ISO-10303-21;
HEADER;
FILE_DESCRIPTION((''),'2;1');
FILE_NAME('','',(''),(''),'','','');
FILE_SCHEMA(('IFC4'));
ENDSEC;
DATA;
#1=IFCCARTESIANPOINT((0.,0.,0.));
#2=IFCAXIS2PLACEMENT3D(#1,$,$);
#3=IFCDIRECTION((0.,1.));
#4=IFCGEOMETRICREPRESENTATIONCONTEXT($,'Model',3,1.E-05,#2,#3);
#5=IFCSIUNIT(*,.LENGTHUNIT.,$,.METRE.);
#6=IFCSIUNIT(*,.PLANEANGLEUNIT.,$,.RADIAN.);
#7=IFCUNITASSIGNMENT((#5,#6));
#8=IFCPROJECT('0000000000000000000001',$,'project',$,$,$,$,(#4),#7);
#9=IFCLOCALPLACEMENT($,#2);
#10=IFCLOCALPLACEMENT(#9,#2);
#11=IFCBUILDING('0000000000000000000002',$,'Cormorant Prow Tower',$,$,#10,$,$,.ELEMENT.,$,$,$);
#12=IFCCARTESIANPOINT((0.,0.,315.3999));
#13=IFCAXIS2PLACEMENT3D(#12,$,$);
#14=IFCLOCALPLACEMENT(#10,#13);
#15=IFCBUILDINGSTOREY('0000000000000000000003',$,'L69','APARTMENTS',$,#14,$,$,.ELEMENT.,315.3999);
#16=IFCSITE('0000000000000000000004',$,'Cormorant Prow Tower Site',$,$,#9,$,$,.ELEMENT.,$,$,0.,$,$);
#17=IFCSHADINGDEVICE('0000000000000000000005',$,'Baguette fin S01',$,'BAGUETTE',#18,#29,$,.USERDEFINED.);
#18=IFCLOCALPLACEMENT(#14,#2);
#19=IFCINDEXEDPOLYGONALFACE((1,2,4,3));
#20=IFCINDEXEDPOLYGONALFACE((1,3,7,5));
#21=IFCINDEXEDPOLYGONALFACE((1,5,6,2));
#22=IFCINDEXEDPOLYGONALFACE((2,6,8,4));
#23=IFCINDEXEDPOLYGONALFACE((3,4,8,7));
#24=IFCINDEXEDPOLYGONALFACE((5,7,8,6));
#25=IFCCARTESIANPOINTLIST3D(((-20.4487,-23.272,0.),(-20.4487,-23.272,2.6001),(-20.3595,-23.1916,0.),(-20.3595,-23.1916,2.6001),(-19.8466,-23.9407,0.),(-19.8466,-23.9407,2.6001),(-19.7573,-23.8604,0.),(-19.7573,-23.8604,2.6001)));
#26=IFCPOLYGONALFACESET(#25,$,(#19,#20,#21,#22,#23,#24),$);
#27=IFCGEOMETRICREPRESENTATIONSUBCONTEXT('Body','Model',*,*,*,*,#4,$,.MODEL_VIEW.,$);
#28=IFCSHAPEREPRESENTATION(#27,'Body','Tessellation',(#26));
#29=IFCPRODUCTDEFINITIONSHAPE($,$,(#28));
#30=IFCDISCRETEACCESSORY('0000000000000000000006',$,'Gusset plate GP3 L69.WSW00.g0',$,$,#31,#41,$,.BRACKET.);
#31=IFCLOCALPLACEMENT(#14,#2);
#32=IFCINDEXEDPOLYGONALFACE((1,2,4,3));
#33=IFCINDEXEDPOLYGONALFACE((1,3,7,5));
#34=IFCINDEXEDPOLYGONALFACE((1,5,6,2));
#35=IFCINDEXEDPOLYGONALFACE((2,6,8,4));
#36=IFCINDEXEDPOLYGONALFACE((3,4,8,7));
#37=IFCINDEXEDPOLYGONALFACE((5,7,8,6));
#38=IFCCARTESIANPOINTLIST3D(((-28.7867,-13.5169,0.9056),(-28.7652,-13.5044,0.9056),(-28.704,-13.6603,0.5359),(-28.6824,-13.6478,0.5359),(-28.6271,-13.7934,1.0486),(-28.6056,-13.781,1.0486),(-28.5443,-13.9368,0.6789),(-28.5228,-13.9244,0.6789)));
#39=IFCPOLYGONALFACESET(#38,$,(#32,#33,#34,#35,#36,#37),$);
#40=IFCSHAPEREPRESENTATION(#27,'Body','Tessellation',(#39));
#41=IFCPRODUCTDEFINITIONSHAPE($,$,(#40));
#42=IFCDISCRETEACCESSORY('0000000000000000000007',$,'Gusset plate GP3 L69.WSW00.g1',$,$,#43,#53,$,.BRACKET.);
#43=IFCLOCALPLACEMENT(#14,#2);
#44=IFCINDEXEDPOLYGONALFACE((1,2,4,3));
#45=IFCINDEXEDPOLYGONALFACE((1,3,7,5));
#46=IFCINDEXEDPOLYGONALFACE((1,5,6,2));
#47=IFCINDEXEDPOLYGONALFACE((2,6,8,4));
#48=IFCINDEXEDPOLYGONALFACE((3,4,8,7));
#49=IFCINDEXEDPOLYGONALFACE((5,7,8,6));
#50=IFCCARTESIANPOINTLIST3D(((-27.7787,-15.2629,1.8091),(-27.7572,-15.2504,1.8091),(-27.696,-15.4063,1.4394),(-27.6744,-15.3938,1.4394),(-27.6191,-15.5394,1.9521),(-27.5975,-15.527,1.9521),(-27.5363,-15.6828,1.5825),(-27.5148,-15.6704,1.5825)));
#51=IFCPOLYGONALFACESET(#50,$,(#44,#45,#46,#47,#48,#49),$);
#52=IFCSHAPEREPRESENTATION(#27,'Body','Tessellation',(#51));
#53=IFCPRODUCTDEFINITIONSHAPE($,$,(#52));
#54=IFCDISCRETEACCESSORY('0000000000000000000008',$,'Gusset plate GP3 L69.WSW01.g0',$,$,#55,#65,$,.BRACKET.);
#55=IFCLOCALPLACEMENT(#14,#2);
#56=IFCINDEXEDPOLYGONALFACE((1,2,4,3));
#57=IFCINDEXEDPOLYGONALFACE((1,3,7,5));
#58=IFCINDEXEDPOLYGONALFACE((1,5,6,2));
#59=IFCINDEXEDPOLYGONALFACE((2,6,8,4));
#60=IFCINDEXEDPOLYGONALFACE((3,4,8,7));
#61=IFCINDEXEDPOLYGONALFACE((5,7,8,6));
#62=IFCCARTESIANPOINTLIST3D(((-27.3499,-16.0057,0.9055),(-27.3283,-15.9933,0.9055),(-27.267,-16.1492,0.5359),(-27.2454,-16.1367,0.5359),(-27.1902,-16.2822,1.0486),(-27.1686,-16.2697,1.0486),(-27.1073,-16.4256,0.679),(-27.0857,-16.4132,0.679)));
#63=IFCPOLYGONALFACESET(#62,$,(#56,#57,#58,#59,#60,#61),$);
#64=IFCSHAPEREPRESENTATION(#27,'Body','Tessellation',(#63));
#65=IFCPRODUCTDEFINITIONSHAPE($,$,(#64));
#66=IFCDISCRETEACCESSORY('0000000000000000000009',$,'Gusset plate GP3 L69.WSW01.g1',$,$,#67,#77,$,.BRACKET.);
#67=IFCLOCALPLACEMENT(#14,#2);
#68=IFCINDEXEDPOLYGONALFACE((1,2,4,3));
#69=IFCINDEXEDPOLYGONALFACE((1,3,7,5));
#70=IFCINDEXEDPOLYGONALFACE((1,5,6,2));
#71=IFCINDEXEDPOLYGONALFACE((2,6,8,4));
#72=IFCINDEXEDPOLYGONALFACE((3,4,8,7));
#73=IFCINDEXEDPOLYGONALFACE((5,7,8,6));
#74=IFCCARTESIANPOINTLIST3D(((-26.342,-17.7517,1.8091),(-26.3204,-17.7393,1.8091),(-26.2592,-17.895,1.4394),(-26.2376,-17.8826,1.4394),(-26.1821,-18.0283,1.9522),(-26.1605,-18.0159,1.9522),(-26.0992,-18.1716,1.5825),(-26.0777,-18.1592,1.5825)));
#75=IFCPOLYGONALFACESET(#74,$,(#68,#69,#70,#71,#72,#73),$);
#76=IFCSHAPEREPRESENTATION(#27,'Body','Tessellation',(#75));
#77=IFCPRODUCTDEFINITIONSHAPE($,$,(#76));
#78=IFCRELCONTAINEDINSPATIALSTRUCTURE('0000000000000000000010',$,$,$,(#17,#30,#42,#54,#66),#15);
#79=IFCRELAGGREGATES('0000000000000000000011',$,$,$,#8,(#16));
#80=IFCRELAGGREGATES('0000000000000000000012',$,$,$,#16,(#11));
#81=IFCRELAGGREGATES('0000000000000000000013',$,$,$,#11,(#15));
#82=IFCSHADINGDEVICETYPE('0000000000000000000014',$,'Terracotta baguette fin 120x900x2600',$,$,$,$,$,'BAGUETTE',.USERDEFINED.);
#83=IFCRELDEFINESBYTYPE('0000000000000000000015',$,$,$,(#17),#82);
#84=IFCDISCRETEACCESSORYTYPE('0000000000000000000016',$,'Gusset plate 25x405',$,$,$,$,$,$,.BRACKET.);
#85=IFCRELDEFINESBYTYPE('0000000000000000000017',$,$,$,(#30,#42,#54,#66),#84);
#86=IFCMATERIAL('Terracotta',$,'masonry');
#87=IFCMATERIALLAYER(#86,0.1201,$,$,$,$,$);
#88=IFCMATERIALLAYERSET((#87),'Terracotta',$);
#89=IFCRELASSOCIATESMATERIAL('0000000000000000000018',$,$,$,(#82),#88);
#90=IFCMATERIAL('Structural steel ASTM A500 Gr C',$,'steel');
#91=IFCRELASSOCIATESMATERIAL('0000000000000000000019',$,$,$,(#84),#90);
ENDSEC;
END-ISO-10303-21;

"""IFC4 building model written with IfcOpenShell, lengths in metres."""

from ifc_helpers import new_model, si_unit, direction, frame, origin, origin_2d, place, context, subcontext, project, spatial, rectangle, extrude, material, layer, layer_set, material_profile, profile_set, type_object, element, save


model = new_model("IFC4")

# Units and contexts
model_context = context("Model", 3, precision=1e-05, world=origin(), true_north=direction((0.0, 1.0)))
body_context = subcontext(model_context, "Body", "Model", "MODEL_VIEW")
ifc_project = project(units=[si_unit("LENGTHUNIT", "METRE"), si_unit("PLANEANGLEUNIT", "RADIAN")], contexts=[model_context])

# Site, building, storey
site_placement = place(None, origin())
site = spatial("IfcSite", under=ifc_project, at=site_placement, Name="Cormorant Prow Tower Site", CompositionType="ELEMENT", RefElevation=0.0)
building_placement = place(site_placement, origin())
building = spatial("IfcBuilding", under=site, at=building_placement, Name="Cormorant Prow Tower", CompositionType="ELEMENT")
storey_placement = place(building_placement, frame((0.0, 0.0, 315.3999)))
storey = spatial("IfcBuildingStorey", under=building, at=storey_placement, Name="L69", Description="APARTMENTS", CompositionType="ELEMENT", Elevation=315.3999)

# Shading device
ifc_material_1 = material(Name="Terracotta", Category="masonry")
ifc_layer_1 = layer(ifc_material_1, 0.1201)
ifc_layer_set_1 = layer_set([ifc_layer_1], Name="Terracotta")
shading_device_type = type_object("IfcShadingDeviceType", Name="Terracotta baguette fin 120x900x2600", ElementType="BAGUETTE", PredefinedType="USERDEFINED", material=ifc_layer_set_1)
shading_device_placement = place(storey_placement, frame((-20.103, -23.5662, 0.0), z_axis=(0.0, 0.0, 1.0), x_axis=(0.743145, 0.669131, 0.0)))
element("IfcShadingDevice", 1, at=shading_device_placement, inside=storey, type_object=shading_device_type, Name="Baguette fin S01", ObjectType="BAGUETTE", PredefinedType="USERDEFINED", context=body_context, shape_type="SweptSolid", body=[
    extrude(rectangle(XDim=0.1201, YDim=0.8999, at=origin_2d()), origin(), (0.0, 0.0, 1.0), 2.6001),
])

# Discrete accessories
ifc_material_2 = material(Name="Structural steel ASTM A500 Gr C", Category="steel")
ifc_material_profile_1 = material_profile(ifc_material_2, rectangle(XDim=0.0249, YDim=0.405, at=origin_2d()), Name="Gusset plate 25x405")
ifc_profile_set_1 = profile_set([ifc_material_profile_1], Name="Structural steel ASTM A500 Gr C")
discrete_accessory_type = type_object("IfcDiscreteAccessoryType", Name="Gusset plate 25x405", PredefinedType="BRACKET", material=ifc_profile_set_1)
for number, where, z_axis, x_axis, name in (
    (2, (-28.575, -13.8589, 0.8638), (-0.456239, 0.790397, -0.408802), (-0.866071, -0.499921, 0.0), "Gusset plate GP3 L69.WSW00.g0"),
    (3, (-27.7266, -15.3284, 1.6243), (0.456239, -0.790397, 0.408802), (0.866071, 0.499921, 0.0), "Gusset plate GP3 L69.WSW00.g1"),
    (4, (-27.1379, -16.3477, 0.8638), (-0.456491, 0.790135, -0.409027), (-0.86588, -0.500252, 0.0), "Gusset plate GP3 L69.WSW01.g0"),
):
    element("IfcDiscreteAccessory", number, at=place(storey_placement, frame(where, z_axis=z_axis, x_axis=x_axis)), inside=storey, type_object=discrete_accessory_type, Name=name, PredefinedType="BRACKET", context=body_context, shape_type="SweptSolid", body=[
        extrude(rectangle(XDim=0.0249, YDim=0.405, at=origin_2d()), origin(), (0.0, 0.0, 1.0), 0.3499),
    ])
discrete_accessory_placement = place(storey_placement, frame((-26.2898, -17.8171, 1.6243), z_axis=(0.456792, -0.790145, 0.408672), x_axis=(0.86574, 0.500494, 0.0)))
element("IfcDiscreteAccessory", 5, at=discrete_accessory_placement, inside=storey, type_object=discrete_accessory_type, Name="Gusset plate GP3 L69.WSW01.g1", PredefinedType="BRACKET", context=body_context, shape_type="SweptSolid", body=[
    extrude(rectangle(XDim=0.0249, YDim=0.405, at=origin_2d()), origin(), (0.0, 0.0, 1.0), 0.3501),
])

save(model, "model.ifc")
